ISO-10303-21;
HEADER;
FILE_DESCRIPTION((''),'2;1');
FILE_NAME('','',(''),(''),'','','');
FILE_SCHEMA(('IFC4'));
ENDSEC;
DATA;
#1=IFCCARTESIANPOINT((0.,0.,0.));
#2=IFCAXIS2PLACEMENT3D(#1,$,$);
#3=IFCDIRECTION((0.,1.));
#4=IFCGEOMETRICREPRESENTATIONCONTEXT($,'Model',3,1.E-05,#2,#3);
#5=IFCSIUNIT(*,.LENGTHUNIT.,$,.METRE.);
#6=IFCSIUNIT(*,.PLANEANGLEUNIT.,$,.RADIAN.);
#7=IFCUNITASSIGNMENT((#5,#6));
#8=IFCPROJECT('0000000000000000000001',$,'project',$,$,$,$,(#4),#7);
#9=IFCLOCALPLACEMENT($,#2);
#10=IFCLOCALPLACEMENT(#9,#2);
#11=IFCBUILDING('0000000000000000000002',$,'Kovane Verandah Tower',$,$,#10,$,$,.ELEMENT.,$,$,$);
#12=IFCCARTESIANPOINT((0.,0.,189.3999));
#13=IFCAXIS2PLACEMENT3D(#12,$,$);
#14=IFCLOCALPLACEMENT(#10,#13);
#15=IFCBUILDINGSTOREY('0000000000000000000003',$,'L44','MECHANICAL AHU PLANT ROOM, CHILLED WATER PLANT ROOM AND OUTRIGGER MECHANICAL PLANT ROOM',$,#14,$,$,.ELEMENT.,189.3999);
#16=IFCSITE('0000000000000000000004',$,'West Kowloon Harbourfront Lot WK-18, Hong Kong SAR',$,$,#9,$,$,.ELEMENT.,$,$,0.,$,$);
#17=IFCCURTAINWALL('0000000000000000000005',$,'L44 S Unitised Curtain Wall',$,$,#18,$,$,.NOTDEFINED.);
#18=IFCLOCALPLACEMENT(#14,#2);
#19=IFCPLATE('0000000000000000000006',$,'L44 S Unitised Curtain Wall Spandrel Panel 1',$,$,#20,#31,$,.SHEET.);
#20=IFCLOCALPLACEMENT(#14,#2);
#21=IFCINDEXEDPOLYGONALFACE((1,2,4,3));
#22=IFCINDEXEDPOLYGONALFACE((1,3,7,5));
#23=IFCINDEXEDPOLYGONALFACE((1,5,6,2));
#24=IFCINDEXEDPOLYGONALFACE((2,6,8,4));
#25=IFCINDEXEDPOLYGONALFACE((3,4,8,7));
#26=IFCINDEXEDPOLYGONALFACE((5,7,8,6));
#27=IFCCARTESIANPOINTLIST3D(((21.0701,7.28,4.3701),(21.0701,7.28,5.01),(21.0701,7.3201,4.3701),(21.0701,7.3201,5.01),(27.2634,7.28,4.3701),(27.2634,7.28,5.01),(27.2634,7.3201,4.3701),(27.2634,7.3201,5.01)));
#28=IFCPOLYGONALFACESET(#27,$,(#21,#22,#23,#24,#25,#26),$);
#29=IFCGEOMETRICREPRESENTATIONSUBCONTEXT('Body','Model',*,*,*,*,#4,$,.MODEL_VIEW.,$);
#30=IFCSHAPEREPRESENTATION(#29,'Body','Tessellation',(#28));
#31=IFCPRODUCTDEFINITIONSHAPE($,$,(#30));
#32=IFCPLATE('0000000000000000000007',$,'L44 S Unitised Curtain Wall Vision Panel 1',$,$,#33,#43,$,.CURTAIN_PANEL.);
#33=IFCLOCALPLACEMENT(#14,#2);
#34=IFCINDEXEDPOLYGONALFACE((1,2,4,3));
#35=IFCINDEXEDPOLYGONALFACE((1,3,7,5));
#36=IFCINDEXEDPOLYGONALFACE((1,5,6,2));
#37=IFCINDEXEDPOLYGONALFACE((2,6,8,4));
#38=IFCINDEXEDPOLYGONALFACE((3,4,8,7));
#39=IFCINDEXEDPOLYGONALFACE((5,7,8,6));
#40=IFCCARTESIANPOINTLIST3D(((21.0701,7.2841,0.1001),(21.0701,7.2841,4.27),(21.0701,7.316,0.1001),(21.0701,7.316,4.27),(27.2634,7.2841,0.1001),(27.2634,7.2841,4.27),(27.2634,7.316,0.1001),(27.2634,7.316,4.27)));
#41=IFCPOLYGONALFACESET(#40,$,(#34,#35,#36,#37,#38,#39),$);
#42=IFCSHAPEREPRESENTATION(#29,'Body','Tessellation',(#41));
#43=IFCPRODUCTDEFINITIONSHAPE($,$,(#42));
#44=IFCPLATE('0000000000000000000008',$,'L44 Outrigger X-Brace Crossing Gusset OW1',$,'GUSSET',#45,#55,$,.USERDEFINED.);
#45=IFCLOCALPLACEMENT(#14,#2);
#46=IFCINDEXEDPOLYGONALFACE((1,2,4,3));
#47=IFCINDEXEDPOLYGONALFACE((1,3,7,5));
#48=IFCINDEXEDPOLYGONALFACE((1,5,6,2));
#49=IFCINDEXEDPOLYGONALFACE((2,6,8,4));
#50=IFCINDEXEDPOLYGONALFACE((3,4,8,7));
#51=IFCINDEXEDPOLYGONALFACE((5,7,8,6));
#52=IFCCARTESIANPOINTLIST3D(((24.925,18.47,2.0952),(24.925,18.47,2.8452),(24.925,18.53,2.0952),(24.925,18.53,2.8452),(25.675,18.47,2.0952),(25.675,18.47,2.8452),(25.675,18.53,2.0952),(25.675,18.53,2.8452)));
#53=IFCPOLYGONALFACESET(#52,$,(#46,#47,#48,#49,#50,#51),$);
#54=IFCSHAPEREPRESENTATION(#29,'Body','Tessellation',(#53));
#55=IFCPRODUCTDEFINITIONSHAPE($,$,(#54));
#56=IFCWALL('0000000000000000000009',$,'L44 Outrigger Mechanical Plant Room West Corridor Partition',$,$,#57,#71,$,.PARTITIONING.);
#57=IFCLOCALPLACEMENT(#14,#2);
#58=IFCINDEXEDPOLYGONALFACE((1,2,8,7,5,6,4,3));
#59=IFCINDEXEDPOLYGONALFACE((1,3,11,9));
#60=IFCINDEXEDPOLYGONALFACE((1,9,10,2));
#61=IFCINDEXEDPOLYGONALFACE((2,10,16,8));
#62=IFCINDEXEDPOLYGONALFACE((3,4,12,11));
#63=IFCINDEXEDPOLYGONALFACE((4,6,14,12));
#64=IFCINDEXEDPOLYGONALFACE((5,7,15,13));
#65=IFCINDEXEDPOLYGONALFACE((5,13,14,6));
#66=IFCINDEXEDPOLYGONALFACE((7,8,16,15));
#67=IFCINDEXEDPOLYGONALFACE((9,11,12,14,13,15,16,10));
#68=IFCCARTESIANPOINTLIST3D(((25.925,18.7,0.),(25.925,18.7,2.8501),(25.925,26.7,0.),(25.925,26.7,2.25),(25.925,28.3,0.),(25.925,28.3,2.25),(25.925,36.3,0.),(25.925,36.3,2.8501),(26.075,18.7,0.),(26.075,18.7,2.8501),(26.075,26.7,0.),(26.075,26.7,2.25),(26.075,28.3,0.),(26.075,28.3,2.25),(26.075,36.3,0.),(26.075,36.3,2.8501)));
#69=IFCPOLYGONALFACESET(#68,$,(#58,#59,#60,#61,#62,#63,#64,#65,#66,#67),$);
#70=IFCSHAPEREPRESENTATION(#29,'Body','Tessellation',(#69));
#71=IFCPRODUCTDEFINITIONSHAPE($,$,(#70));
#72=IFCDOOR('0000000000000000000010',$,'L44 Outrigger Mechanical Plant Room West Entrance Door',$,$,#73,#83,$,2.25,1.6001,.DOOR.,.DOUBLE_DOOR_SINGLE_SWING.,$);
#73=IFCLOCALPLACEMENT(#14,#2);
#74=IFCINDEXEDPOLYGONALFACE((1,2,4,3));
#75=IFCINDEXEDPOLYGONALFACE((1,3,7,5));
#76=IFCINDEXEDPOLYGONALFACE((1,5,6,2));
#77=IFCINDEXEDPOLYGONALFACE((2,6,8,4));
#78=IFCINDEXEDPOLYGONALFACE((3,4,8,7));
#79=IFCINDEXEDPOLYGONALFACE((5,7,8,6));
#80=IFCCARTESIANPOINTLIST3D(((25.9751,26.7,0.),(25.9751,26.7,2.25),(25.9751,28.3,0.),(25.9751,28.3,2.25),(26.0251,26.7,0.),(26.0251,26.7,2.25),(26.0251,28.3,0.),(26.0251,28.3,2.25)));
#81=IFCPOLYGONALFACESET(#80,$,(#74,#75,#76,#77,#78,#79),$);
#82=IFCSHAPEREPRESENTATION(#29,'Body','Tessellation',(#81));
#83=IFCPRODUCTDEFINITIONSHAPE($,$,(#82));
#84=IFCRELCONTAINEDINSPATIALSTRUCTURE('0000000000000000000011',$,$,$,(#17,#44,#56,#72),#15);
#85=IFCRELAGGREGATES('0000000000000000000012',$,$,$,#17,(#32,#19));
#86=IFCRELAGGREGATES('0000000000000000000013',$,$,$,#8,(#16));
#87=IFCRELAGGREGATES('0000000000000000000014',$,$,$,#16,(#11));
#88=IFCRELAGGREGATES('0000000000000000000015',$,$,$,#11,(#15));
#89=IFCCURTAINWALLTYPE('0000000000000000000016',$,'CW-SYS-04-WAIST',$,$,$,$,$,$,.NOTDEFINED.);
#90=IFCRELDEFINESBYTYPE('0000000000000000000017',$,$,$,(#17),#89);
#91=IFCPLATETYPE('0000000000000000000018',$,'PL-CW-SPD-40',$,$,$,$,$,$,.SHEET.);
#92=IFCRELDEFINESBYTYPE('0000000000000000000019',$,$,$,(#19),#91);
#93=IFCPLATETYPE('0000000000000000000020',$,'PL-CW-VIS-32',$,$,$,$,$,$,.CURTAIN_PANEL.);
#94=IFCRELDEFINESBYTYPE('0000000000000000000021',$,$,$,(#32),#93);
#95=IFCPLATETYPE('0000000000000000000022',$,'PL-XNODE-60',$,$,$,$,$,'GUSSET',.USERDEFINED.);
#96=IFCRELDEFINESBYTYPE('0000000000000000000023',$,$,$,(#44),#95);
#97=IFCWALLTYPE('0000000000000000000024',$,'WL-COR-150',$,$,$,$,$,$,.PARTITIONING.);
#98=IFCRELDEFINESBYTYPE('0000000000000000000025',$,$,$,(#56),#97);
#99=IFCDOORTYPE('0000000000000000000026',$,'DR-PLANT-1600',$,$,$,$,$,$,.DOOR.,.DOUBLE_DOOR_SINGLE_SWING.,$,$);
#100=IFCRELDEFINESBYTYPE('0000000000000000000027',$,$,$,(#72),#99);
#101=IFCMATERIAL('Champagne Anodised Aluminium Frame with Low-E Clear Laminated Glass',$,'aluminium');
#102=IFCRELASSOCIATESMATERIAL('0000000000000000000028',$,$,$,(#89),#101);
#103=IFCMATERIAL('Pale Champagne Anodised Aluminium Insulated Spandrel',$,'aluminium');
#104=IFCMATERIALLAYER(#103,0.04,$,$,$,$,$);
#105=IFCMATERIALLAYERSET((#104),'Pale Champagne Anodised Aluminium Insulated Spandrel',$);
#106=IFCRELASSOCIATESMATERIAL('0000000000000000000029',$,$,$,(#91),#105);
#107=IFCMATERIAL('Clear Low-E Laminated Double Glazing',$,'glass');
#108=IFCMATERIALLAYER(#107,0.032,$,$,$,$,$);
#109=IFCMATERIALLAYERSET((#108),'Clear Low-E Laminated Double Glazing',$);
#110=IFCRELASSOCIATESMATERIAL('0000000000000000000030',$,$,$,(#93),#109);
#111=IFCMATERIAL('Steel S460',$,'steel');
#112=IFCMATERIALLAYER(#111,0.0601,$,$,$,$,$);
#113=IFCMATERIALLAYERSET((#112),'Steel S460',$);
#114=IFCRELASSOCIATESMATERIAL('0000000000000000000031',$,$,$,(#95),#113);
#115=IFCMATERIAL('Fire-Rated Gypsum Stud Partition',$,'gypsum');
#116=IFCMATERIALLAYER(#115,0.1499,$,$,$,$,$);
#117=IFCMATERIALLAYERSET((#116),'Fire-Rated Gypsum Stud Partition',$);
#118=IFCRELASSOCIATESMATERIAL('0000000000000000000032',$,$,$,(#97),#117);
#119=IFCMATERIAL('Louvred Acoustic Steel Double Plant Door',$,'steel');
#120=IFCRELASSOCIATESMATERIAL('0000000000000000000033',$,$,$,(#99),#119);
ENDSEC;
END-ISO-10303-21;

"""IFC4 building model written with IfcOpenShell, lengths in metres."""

from ifc_helpers import new_model, si_unit, direction, frame, frame_2d, origin, origin_2d, place, context, subcontext, project, spatial, rectangle, extrude, material, layer, layer_set, type_object, element, fill, aggregate, save


model = new_model("IFC4")

# Units and contexts
model_context = context("Model", 3, precision=1e-05, world=origin(), true_north=direction((0.0, 1.0)))
body_context = subcontext(model_context, "Body", "Model", "MODEL_VIEW")
ifc_project = project(units=[si_unit("LENGTHUNIT", "METRE"), si_unit("PLANEANGLEUNIT", "RADIAN")], contexts=[model_context])

# Site, building, storey
site_placement = place(None, origin())
site = spatial("IfcSite", under=ifc_project, at=site_placement, Name="West Kowloon Harbourfront Lot WK-18, Hong Kong SAR", CompositionType="ELEMENT", RefElevation=0.0)
building_placement = place(site_placement, origin())
building = spatial("IfcBuilding", under=site, at=building_placement, Name="Kovane Verandah Tower", CompositionType="ELEMENT")
storey_placement = place(building_placement, frame((0.0, 0.0, 189.3999)))
storey = spatial("IfcBuildingStorey", under=building, at=storey_placement, Name="L44", Description="MECHANICAL AHU PLANT ROOM, CHILLED WATER PLANT ROOM AND OUTRIGGER MECHANICAL PLANT ROOM", CompositionType="ELEMENT", Elevation=189.3999)

# Shared definitions
ifc_material_1 = material(Name="Steel S460", Category="steel")

# Curtain wall
ifc_material_2 = material(Name="Champagne Anodised Aluminium Frame with Low-E Clear Laminated Glass", Category="aluminium")
curtain_wall_type = type_object("IfcCurtainWallType", Name="CW-SYS-04-WAIST", PredefinedType="NOTDEFINED", material=ifc_material_2)
curtain_wall_placement = place(storey_placement, origin())
curtain_wall = element("IfcCurtainWall", 1, at=curtain_wall_placement, inside=storey, type_object=curtain_wall_type, Name="L44 S Unitised Curtain Wall", PredefinedType="NOTDEFINED")

# Plates
ifc_material_3 = material(Name="Pale Champagne Anodised Aluminium Insulated Spandrel", Category="aluminium")
ifc_layer_1 = layer(ifc_material_3, 0.04)
ifc_layer_set_1 = layer_set([ifc_layer_1], Name="Pale Champagne Anodised Aluminium Insulated Spandrel")
plate_type_1 = type_object("IfcPlateType", Name="PL-CW-SPD-40", PredefinedType="SHEET", material=ifc_layer_set_1)
plate_1_placement = place(storey_placement, frame((24.1667, 7.3, 4.3701), z_axis=(0.0, 0.0, 1.0), x_axis=(1.0, 0.0, 0.0)))
plate_1 = element("IfcPlate", 2, at=plate_1_placement, type_object=plate_type_1, Name="L44 S Unitised Curtain Wall Spandrel Panel 1", PredefinedType="SHEET", context=body_context, shape_type="SweptSolid", body=[
    extrude(rectangle(XDim=6.1934, YDim=0.04, at=origin_2d()), origin(), (0.0, 0.0, 1.0), 0.6399),
])
ifc_material_4 = material(Name="Clear Low-E Laminated Double Glazing", Category="glass")
ifc_layer_2 = layer(ifc_material_4, 0.032)
ifc_layer_set_2 = layer_set([ifc_layer_2], Name="Clear Low-E Laminated Double Glazing")
plate_type_2 = type_object("IfcPlateType", Name="PL-CW-VIS-32", PredefinedType="CURTAIN_PANEL", material=ifc_layer_set_2)
plate_2_placement = place(storey_placement, frame((24.1667, 7.3, 0.1001), z_axis=(0.0, 0.0, 1.0), x_axis=(1.0, 0.0, 0.0)))
plate_2 = element("IfcPlate", 3, at=plate_2_placement, type_object=plate_type_2, Name="L44 S Unitised Curtain Wall Vision Panel 1", PredefinedType="CURTAIN_PANEL", context=body_context, shape_type="SweptSolid", body=[
    extrude(rectangle(XDim=6.1934, YDim=0.032, at=origin_2d()), origin(), (0.0, 0.0, 1.0), 4.1699),
])
aggregate(curtain_wall, [plate_2, plate_1])
ifc_layer_3 = layer(ifc_material_1, 0.0601)
ifc_layer_set_3 = layer_set([ifc_layer_3], Name="Steel S460")
plate_type_3 = type_object("IfcPlateType", Name="PL-XNODE-60", ElementType="GUSSET", PredefinedType="USERDEFINED", material=ifc_layer_set_3)
plate_3_placement = place(storey_placement, frame((25.3, 18.5, 2.0952), z_axis=(0.0, 0.0, 1.0), x_axis=(-1.0, 0.0, 0.0)))
element("IfcPlate", 4, at=plate_3_placement, inside=storey, type_object=plate_type_3, Name="L44 Outrigger X-Brace Crossing Gusset OW1", ObjectType="GUSSET", PredefinedType="USERDEFINED", context=body_context, shape_type="SweptSolid", body=[
    extrude(rectangle(XDim=0.75, YDim=0.0601, at=origin_2d()), origin(), (0.0, 0.0, 1.0), 0.75),
])

# Wall, opening, door
ifc_material_5 = material(Name="Fire-Rated Gypsum Stud Partition", Category="gypsum")
ifc_layer_4 = layer(ifc_material_5, 0.1499)
ifc_layer_set_4 = layer_set([ifc_layer_4], Name="Fire-Rated Gypsum Stud Partition")
wall_type = type_object("IfcWallType", Name="WL-COR-150", PredefinedType="PARTITIONING", material=ifc_layer_set_4)
wall_placement = place(storey_placement, frame((26.0, 18.7, 0.0), z_axis=(0.0, 0.0, 1.0), x_axis=(0.0, 1.0, 0.0)))
wall = element("IfcWall", 5, at=wall_placement, inside=storey, type_object=wall_type, Name="L44 Outrigger Mechanical Plant Room West Corridor Partition", PredefinedType="PARTITIONING", context=body_context, shape_type="SweptSolid", body=[
    extrude(rectangle(XDim=17.6001, YDim=0.1499, at=frame_2d((8.8, 0.0))), origin(), (0.0, 0.0, 1.0), 2.8501),
])
opening_placement = place(wall_placement, frame((8.0, 0.0, 0.0)))
opening = element("IfcOpeningElement", 6, at=opening_placement, cuts=wall, PredefinedType="OPENING", context=body_context, shape_type="SweptSolid", body=[
    extrude(rectangle(XDim=1.6001, YDim=2.25, at=frame_2d((0.8, 1.125))), frame((0.0, 0.075, 0.0), z_axis=(0.0, -1.0, 0.0), x_axis=(1.0, 0.0, 0.0)), (0.0, 0.0, 1.0), 0.1499),
])
ifc_material_6 = material(Name="Louvred Acoustic Steel Double Plant Door", Category="steel")
door_type = type_object("IfcDoorType", Name="DR-PLANT-1600", OperationType="DOUBLE_DOOR_SINGLE_SWING", PredefinedType="DOOR", material=ifc_material_6)
door_placement = place(opening_placement, origin())
door = element("IfcDoor", 7, at=door_placement, inside=storey, type_object=door_type, Name="L44 Outrigger Mechanical Plant Room West Entrance Door", OperationType="DOUBLE_DOOR_SINGLE_SWING", OverallHeight=2.25, OverallWidth=1.6001, PredefinedType="DOOR", context=body_context, shape_type="SweptSolid", body=[
    extrude(rectangle(XDim=1.6001, YDim=2.25, at=frame_2d((0.8, 1.125))), frame((0.0, 0.0249, 0.0), z_axis=(0.0, -1.0, 0.0), x_axis=(1.0, 0.0, 0.0)), (0.0, 0.0, 1.0), 0.05),
])
fill(opening, door)

save(model, "model.ifc")
